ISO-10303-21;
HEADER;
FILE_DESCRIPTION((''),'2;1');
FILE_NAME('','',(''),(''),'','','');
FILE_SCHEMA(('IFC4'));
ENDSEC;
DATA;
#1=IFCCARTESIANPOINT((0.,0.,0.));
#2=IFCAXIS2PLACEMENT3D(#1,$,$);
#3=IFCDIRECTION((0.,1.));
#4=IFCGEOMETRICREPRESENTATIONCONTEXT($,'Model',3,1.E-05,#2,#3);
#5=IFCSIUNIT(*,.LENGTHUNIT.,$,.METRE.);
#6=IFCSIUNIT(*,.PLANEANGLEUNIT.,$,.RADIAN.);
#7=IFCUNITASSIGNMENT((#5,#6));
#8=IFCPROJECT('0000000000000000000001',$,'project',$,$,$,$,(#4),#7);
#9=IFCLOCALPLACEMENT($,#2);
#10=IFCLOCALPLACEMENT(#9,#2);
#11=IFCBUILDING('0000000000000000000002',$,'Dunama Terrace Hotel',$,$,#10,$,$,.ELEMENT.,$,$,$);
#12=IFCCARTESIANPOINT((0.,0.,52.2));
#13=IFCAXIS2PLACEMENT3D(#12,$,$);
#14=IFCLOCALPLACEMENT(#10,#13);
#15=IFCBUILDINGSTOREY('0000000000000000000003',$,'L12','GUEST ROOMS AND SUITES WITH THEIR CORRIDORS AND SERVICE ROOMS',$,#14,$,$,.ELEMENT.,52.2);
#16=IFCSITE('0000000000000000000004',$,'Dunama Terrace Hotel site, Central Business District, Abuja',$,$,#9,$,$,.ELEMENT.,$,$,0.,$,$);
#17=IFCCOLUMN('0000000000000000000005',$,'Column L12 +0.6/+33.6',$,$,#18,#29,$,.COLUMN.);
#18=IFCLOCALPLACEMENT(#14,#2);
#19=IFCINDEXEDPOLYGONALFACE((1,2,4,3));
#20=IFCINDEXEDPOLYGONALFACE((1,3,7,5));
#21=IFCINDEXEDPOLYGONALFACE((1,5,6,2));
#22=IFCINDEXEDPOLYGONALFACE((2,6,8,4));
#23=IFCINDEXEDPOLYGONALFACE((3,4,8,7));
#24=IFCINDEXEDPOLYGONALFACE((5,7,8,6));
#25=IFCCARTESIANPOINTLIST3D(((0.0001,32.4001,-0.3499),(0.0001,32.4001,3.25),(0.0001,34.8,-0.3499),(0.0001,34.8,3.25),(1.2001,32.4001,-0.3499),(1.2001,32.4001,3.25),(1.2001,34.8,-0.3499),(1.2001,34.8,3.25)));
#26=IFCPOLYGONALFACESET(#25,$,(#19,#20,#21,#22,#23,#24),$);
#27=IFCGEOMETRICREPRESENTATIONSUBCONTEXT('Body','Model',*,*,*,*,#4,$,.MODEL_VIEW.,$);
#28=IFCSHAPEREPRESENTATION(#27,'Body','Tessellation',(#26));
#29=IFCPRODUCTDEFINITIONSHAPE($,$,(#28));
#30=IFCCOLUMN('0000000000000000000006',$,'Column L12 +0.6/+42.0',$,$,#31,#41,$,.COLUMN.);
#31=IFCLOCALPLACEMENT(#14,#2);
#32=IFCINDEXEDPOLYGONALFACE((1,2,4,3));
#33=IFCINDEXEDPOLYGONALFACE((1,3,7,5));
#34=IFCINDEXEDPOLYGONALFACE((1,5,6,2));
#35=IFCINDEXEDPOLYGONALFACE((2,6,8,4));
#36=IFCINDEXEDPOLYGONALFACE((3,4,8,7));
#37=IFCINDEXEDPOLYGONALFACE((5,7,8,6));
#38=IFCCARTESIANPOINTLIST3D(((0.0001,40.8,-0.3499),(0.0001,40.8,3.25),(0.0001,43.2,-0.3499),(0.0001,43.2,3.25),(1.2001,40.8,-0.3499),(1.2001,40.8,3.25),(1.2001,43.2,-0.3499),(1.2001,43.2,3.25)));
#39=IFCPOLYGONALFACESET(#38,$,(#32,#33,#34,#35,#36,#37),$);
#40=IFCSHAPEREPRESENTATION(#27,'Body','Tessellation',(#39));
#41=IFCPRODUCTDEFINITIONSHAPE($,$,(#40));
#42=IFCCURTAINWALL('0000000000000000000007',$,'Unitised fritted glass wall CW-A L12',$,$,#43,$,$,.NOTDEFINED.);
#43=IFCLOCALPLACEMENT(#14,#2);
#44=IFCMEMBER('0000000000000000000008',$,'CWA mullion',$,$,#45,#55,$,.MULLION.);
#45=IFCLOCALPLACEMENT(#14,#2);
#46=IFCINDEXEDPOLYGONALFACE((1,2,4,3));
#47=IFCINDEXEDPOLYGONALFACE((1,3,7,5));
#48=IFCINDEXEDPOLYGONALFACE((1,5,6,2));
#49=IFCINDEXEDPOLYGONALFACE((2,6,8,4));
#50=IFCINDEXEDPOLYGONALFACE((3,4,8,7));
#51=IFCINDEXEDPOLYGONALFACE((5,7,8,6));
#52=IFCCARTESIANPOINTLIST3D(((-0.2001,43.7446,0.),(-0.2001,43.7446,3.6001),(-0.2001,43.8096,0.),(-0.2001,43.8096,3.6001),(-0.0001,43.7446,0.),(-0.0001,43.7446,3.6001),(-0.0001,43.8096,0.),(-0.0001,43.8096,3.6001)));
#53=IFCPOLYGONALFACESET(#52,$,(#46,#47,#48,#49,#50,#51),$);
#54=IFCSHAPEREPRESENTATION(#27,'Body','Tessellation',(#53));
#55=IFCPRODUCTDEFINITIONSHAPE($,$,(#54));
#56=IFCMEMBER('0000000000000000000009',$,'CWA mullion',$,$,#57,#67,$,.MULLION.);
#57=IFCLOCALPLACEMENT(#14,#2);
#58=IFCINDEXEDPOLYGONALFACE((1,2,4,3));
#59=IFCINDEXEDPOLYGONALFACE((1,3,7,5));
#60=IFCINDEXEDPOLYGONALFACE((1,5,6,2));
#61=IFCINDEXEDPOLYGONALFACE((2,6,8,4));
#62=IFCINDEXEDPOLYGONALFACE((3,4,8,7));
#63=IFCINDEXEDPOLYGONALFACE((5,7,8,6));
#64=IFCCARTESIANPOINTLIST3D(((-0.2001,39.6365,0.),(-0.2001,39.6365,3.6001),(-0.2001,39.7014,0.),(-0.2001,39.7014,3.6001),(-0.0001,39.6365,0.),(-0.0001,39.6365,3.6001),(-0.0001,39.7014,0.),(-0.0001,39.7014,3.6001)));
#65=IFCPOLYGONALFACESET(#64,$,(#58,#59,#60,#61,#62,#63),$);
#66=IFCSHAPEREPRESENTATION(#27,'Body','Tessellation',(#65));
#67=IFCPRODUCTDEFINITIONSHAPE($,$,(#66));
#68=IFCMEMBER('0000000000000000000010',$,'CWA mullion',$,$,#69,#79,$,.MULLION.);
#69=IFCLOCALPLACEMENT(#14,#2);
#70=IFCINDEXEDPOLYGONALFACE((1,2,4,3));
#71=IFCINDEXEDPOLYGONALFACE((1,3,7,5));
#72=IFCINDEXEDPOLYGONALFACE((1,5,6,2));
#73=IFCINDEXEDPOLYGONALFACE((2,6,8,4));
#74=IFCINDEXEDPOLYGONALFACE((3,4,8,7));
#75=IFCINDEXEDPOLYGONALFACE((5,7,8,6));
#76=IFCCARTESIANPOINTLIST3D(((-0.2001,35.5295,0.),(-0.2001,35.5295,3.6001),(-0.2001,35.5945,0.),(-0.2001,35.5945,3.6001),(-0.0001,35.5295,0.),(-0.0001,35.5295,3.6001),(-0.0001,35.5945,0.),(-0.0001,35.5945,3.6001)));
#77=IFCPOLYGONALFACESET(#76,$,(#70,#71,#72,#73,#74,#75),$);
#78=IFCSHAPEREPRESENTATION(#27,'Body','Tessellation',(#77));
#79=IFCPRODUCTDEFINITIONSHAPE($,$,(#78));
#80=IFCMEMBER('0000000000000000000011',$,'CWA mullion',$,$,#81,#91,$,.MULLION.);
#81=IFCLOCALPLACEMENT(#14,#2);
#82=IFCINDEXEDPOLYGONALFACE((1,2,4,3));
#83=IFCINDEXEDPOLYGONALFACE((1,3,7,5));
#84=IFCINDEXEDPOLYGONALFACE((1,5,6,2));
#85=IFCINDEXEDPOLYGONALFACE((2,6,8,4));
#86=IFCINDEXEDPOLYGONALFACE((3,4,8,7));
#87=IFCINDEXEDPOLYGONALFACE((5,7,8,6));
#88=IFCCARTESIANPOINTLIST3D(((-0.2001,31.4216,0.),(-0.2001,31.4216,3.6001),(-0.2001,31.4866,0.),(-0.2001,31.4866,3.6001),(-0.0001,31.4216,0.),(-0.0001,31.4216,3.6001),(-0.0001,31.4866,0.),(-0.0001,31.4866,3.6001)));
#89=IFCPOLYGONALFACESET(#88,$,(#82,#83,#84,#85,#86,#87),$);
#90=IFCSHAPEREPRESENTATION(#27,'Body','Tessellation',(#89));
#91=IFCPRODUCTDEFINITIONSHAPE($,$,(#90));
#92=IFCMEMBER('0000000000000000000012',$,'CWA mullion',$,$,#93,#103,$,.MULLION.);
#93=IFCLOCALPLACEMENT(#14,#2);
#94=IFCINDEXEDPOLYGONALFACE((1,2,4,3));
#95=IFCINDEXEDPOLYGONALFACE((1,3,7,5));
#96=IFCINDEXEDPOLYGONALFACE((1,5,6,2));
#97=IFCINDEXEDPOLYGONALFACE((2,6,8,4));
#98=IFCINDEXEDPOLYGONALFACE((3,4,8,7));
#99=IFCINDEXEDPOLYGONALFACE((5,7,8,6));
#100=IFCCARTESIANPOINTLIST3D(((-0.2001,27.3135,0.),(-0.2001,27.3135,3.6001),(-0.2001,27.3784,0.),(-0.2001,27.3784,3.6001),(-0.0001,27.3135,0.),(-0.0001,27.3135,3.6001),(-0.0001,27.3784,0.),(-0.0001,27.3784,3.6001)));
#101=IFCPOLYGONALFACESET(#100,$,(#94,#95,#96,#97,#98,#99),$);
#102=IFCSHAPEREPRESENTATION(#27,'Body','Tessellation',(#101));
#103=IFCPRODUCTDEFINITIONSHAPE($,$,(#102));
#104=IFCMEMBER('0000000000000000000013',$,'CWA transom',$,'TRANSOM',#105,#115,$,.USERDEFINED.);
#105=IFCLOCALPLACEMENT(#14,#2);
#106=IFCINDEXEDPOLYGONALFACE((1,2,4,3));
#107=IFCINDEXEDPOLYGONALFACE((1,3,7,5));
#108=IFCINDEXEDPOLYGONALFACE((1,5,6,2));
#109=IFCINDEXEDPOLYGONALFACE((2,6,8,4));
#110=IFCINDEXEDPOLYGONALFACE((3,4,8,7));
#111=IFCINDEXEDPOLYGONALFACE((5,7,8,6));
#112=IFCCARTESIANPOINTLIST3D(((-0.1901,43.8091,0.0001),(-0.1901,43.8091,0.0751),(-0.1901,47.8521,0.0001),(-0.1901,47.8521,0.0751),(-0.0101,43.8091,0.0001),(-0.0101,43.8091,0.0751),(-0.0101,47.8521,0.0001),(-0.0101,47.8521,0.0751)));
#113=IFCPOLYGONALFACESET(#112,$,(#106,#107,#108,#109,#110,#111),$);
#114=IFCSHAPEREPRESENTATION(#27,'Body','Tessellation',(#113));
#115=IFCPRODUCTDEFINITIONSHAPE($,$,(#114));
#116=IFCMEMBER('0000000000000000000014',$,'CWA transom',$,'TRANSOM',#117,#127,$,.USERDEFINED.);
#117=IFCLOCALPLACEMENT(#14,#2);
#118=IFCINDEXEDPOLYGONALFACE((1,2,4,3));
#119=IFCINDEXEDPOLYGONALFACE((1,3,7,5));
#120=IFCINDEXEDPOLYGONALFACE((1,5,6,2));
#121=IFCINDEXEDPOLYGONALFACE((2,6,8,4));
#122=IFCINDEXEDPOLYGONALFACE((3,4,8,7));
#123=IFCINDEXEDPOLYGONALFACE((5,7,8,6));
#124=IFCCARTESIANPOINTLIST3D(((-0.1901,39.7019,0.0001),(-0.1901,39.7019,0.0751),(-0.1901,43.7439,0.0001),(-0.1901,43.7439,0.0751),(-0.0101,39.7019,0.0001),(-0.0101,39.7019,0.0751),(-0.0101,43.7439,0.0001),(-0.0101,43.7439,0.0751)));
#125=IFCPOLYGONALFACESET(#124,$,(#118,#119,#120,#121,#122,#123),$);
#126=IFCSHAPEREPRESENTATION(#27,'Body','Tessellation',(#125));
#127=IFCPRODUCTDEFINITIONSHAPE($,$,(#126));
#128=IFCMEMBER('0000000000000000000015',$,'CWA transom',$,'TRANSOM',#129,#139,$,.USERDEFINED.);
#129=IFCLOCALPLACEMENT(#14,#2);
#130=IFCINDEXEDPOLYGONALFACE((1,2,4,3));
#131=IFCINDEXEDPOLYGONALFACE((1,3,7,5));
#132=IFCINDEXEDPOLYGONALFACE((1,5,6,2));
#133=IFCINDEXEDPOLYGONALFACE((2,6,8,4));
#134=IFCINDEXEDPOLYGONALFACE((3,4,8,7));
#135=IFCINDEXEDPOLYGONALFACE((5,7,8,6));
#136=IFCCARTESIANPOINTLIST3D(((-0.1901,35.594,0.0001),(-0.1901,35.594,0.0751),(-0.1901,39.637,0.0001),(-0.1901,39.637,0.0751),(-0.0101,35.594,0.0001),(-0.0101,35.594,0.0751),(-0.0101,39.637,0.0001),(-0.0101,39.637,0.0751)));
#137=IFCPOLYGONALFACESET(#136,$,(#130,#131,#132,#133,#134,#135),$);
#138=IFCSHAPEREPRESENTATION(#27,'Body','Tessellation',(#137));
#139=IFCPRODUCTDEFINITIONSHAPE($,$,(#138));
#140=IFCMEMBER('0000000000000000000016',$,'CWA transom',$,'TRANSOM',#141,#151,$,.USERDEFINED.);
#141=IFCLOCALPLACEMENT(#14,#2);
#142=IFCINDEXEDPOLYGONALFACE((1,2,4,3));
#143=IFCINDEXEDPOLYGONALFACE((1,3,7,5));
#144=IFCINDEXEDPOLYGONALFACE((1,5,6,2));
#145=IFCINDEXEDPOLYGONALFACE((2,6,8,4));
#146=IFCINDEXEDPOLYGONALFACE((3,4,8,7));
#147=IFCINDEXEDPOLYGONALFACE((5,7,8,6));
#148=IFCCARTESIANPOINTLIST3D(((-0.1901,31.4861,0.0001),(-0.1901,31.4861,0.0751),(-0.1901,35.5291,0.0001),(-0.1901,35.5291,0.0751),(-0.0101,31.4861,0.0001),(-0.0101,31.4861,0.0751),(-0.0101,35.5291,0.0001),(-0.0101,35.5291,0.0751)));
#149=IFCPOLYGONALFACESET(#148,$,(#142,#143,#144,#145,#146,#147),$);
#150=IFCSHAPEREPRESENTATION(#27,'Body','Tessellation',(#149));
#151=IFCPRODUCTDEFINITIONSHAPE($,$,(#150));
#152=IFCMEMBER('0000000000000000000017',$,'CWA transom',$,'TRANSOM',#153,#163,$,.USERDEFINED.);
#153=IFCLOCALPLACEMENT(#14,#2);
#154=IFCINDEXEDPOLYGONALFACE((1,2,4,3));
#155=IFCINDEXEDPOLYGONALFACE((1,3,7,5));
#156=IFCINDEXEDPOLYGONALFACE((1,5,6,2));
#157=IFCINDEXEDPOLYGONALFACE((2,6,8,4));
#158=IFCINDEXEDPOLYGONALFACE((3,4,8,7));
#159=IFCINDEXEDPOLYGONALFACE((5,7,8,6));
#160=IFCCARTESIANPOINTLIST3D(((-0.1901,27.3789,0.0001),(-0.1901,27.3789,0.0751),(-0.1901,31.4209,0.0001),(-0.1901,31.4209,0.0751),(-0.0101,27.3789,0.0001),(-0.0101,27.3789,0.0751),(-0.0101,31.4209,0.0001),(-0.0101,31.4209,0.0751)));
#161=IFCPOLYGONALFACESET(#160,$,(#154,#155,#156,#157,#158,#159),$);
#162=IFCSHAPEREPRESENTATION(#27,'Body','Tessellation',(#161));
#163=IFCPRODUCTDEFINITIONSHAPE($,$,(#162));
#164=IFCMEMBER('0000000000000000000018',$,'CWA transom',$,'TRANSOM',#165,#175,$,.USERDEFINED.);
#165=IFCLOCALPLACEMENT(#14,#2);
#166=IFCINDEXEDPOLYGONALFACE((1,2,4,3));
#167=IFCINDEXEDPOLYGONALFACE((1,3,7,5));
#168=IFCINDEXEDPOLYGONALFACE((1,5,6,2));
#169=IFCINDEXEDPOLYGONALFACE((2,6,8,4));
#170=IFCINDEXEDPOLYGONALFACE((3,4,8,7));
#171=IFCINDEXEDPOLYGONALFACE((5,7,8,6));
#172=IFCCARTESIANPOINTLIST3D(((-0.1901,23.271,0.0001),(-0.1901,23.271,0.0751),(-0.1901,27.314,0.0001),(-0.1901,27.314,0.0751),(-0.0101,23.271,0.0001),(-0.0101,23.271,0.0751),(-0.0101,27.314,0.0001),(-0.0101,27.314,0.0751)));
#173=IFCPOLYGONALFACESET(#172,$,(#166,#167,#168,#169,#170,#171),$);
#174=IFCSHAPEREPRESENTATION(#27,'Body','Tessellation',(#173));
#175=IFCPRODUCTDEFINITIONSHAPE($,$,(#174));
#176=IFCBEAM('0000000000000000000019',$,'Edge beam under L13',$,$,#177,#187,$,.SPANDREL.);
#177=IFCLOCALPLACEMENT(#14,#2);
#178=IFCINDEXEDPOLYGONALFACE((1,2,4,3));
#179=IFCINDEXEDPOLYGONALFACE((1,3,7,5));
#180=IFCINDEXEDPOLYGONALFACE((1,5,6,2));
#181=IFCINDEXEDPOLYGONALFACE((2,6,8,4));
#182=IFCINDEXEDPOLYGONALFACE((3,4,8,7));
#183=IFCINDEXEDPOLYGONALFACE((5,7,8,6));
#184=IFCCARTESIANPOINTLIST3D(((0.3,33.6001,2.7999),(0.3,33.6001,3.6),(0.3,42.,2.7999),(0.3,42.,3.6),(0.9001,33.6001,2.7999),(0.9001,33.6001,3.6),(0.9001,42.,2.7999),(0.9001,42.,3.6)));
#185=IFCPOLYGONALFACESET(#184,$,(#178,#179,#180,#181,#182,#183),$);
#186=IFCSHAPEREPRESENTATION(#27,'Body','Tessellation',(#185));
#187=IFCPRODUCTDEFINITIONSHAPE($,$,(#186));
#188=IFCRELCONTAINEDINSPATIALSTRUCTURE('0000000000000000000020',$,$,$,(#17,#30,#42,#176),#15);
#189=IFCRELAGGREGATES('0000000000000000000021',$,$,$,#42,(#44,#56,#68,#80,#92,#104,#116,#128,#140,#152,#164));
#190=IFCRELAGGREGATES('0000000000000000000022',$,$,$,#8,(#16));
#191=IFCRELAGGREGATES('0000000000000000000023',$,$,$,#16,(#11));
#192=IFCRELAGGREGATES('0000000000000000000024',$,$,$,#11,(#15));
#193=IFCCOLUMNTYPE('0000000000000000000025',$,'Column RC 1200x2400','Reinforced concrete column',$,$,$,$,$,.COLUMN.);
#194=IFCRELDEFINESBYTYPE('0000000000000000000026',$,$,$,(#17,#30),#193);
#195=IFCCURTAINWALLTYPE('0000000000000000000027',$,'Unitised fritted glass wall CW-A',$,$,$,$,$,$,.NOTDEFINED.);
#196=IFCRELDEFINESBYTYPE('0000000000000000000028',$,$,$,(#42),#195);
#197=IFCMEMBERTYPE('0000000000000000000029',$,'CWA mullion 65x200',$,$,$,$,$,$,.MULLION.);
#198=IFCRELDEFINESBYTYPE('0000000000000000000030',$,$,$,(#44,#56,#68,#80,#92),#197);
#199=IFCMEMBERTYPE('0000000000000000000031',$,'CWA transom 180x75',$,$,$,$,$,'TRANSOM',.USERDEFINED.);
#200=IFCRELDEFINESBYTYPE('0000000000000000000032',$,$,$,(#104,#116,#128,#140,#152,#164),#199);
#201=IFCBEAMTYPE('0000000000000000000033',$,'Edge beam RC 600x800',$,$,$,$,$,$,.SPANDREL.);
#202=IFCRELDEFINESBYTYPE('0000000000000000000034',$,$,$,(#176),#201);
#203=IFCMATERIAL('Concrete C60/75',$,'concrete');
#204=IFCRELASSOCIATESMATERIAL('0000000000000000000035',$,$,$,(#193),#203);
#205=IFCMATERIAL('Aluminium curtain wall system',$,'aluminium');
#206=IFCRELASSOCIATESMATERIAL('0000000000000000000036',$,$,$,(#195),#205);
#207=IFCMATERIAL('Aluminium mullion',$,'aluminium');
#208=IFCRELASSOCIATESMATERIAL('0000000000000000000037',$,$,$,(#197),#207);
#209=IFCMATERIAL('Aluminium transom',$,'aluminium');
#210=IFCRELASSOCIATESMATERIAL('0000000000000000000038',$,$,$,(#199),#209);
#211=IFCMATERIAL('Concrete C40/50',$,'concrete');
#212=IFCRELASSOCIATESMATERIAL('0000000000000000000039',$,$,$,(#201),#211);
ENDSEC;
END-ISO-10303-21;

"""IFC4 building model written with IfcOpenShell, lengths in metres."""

from ifc_helpers import new_model, si_unit, direction, frame, origin, origin_2d, place, context, subcontext, project, spatial, rectangle, extrude, material, material_profile, profile_set, type_object, element, aggregate, save


model = new_model("IFC4")

# Units and contexts
model_context = context("Model", 3, precision=1e-05, world=origin(), true_north=direction((0.0, 1.0)))
body_context = subcontext(model_context, "Body", "Model", "MODEL_VIEW")
ifc_project = project(units=[si_unit("LENGTHUNIT", "METRE"), si_unit("PLANEANGLEUNIT", "RADIAN")], contexts=[model_context])

# Site, building, storey
site_placement = place(None, origin())
site = spatial("IfcSite", under=ifc_project, at=site_placement, Name="Dunama Terrace Hotel site, Central Business District, Abuja", CompositionType="ELEMENT", RefElevation=0.0)
building_placement = place(site_placement, origin())
building = spatial("IfcBuilding", under=site, at=building_placement, Name="Dunama Terrace Hotel", CompositionType="ELEMENT")
storey_placement = place(building_placement, frame((0.0, 0.0, 52.2)))
storey = spatial("IfcBuildingStorey", under=building, at=storey_placement, Name="L12", Description="GUEST ROOMS AND SUITES WITH THEIR CORRIDORS AND SERVICE ROOMS", CompositionType="ELEMENT", Elevation=52.2)

# Columns
ifc_material_1 = material(Name="Concrete C60/75", Category="concrete")
ifc_material_profile_1 = material_profile(ifc_material_1, rectangle(XDim=1.2, YDim=2.3999, at=origin_2d()), Name="RC 1200x2400")
ifc_profile_set_1 = profile_set([ifc_material_profile_1], Name="Concrete C60/75")
column_type = type_object("IfcColumnType", Name="Column RC 1200x2400", Description="Reinforced concrete column", PredefinedType="COLUMN", material=ifc_profile_set_1)
for number, where, z_axis, x_axis, name in (
    (1, (0.6001, 33.6001, -0.3499), (0.0, 0.0, 1.0), (1.0, 0.0, 0.0), "Column L12 +0.6/+33.6"),
    (2, (0.6001, 42.0, -0.3499), (0.0, 0.0, 1.0), (1.0, 0.0, 0.0), "Column L12 +0.6/+42.0"),
):
    element("IfcColumn", number, at=place(storey_placement, frame(where, z_axis=z_axis, x_axis=x_axis)), inside=storey, type_object=column_type, Name=name, PredefinedType="COLUMN", context=body_context, shape_type="SweptSolid", body=[
        extrude(rectangle(XDim=1.2, YDim=2.3999, at=origin_2d()), origin(), (0.0, 0.0, 1.0), 3.5999),
    ])

# Curtain wall, members
ifc_material_2 = material(Name="Aluminium curtain wall system", Category="aluminium")
curtain_wall_type = type_object("IfcCurtainWallType", Name="Unitised fritted glass wall CW-A", PredefinedType="NOTDEFINED", material=ifc_material_2)
curtain_wall_placement = place(storey_placement, origin())
curtain_wall = element("IfcCurtainWall", 3, at=curtain_wall_placement, inside=storey, type_object=curtain_wall_type, Name="Unitised fritted glass wall CW-A L12", PredefinedType="NOTDEFINED")
ifc_material_3 = material(Name="Aluminium mullion", Category="aluminium")
ifc_material_profile_2 = material_profile(ifc_material_3, rectangle(XDim=0.0649, YDim=0.2, at=origin_2d()), Name="CWA MULLION 65X200")
ifc_profile_set_2 = profile_set([ifc_material_profile_2], Name="Aluminium mullion")
member_type_1 = type_object("IfcMemberType", Name="CWA mullion 65x200", PredefinedType="MULLION", material=ifc_profile_set_2)
member_1_placement = place(storey_placement, frame((-0.1001, 43.7771, 0.0), z_axis=(0.0, 0.0, 1.0), x_axis=(0.0, -1.0, 0.0)))
member_1 = element("IfcMember", 4, at=member_1_placement, type_object=member_type_1, Name="CWA mullion", PredefinedType="MULLION", context=body_context, shape_type="SweptSolid", body=[
    extrude(rectangle(XDim=0.0649, YDim=0.2, at=origin_2d()), origin(), (0.0, 0.0, 1.0), 3.6001),
])
member_2_placement = place(storey_placement, frame((-0.1001, 39.6689, 0.0), z_axis=(0.0, 0.0, 1.0), x_axis=(0.0, -1.0, 0.0)))
member_2 = element("IfcMember", 5, at=member_2_placement, type_object=member_type_1, Name="CWA mullion", PredefinedType="MULLION", context=body_context, shape_type="SweptSolid", body=[
    extrude(rectangle(XDim=0.0649, YDim=0.2, at=origin_2d()), origin(), (0.0, 0.0, 1.0), 3.6001),
])
member_3_placement = place(storey_placement, frame((-0.1001, 35.562, 0.0), z_axis=(0.0, 0.0, 1.0), x_axis=(0.0, -1.0, 0.0)))
member_3 = element("IfcMember", 6, at=member_3_placement, type_object=member_type_1, Name="CWA mullion", PredefinedType="MULLION", context=body_context, shape_type="SweptSolid", body=[
    extrude(rectangle(XDim=0.0649, YDim=0.2, at=origin_2d()), origin(), (0.0, 0.0, 1.0), 3.6001),
])
member_4_placement = place(storey_placement, frame((-0.1001, 31.4541, 0.0), z_axis=(0.0, 0.0, 1.0), x_axis=(0.0, -1.0, 0.0)))
member_4 = element("IfcMember", 7, at=member_4_placement, type_object=member_type_1, Name="CWA mullion", PredefinedType="MULLION", context=body_context, shape_type="SweptSolid", body=[
    extrude(rectangle(XDim=0.0649, YDim=0.2, at=origin_2d()), origin(), (0.0, 0.0, 1.0), 3.6001),
])
member_5_placement = place(storey_placement, frame((-0.1001, 27.3459, 0.0), z_axis=(0.0, 0.0, 1.0), x_axis=(0.0, -1.0, 0.0)))
member_5 = element("IfcMember", 8, at=member_5_placement, type_object=member_type_1, Name="CWA mullion", PredefinedType="MULLION", context=body_context, shape_type="SweptSolid", body=[
    extrude(rectangle(XDim=0.0649, YDim=0.2, at=origin_2d()), origin(), (0.0, 0.0, 1.0), 3.6001),
])
ifc_material_4 = material(Name="Aluminium transom", Category="aluminium")
ifc_material_profile_3 = material_profile(ifc_material_4, rectangle(XDim=0.1799, YDim=0.075, at=origin_2d()), Name="CWA TRANSOM 180X75")
ifc_profile_set_3 = profile_set([ifc_material_profile_3], Name="Aluminium transom")
member_type_2 = type_object("IfcMemberType", Name="CWA transom 180x75", ElementType="TRANSOM", PredefinedType="USERDEFINED", material=ifc_profile_set_3)
member_6_placement = place(storey_placement, frame((-0.1001, 47.8521, 0.0376), z_axis=(0.0, -1.0, 0.0), x_axis=(1.0, 0.0, 0.0)))
member_6 = element("IfcMember", 9, at=member_6_placement, type_object=member_type_2, Name="CWA transom", ObjectType="TRANSOM", PredefinedType="USERDEFINED", context=body_context, shape_type="SweptSolid", body=[
    extrude(rectangle(XDim=0.1799, YDim=0.075, at=origin_2d()), origin(), (0.0, 0.0, 1.0), 4.043),
])
member_7_placement = place(storey_placement, frame((-0.1001, 43.7439, 0.0376), z_axis=(0.0, -1.0, 0.0), x_axis=(1.0, 0.0, 0.0)))
member_7 = element("IfcMember", 10, at=member_7_placement, type_object=member_type_2, Name="CWA transom", ObjectType="TRANSOM", PredefinedType="USERDEFINED", context=body_context, shape_type="SweptSolid", body=[
    extrude(rectangle(XDim=0.1799, YDim=0.075, at=origin_2d()), origin(), (0.0, 0.0, 1.0), 4.042),
])
member_8_placement = place(storey_placement, frame((-0.1001, 39.637, 0.0376), z_axis=(0.0, -1.0, 0.0), x_axis=(1.0, 0.0, 0.0)))
member_8 = element("IfcMember", 11, at=member_8_placement, type_object=member_type_2, Name="CWA transom", ObjectType="TRANSOM", PredefinedType="USERDEFINED", context=body_context, shape_type="SweptSolid", body=[
    extrude(rectangle(XDim=0.1799, YDim=0.075, at=origin_2d()), origin(), (0.0, 0.0, 1.0), 4.043),
])
member_9_placement = place(storey_placement, frame((-0.1001, 35.5291, 0.0376), z_axis=(0.0, -1.0, 0.0), x_axis=(1.0, 0.0, 0.0)))
member_9 = element("IfcMember", 12, at=member_9_placement, type_object=member_type_2, Name="CWA transom", ObjectType="TRANSOM", PredefinedType="USERDEFINED", context=body_context, shape_type="SweptSolid", body=[
    extrude(rectangle(XDim=0.1799, YDim=0.075, at=origin_2d()), origin(), (0.0, 0.0, 1.0), 4.043),
])
member_10_placement = place(storey_placement, frame((-0.1001, 31.4209, 0.0376), z_axis=(0.0, -1.0, 0.0), x_axis=(1.0, 0.0, 0.0)))
member_10 = element("IfcMember", 13, at=member_10_placement, type_object=member_type_2, Name="CWA transom", ObjectType="TRANSOM", PredefinedType="USERDEFINED", context=body_context, shape_type="SweptSolid", body=[
    extrude(rectangle(XDim=0.1799, YDim=0.075, at=origin_2d()), origin(), (0.0, 0.0, 1.0), 4.042),
])
member_11_placement = place(storey_placement, frame((-0.1001, 27.314, 0.0376), z_axis=(0.0, -1.0, 0.0), x_axis=(1.0, 0.0, 0.0)))
member_11 = element("IfcMember", 14, at=member_11_placement, type_object=member_type_2, Name="CWA transom", ObjectType="TRANSOM", PredefinedType="USERDEFINED", context=body_context, shape_type="SweptSolid", body=[
    extrude(rectangle(XDim=0.1799, YDim=0.075, at=origin_2d()), origin(), (0.0, 0.0, 1.0), 4.043),
])

# Beam
ifc_material_5 = material(Name="Concrete C40/50", Category="concrete")
ifc_material_profile_4 = material_profile(ifc_material_5, rectangle(XDim=0.6001, YDim=0.8, at=origin_2d()), Name="RC 600x800")
ifc_profile_set_4 = profile_set([ifc_material_profile_4], Name="Concrete C40/50")
beam_type = type_object("IfcBeamType", Name="Edge beam RC 600x800", PredefinedType="SPANDREL", material=ifc_profile_set_4)
for number, where, z_axis, x_axis, name in (
    (15, (0.6001, 33.6001, 3.2), (0.0, 1.0, 0.0), (-1.0, 0.0, 0.0), "Edge beam under L13"),
):
    element("IfcBeam", number, at=place(storey_placement, frame(where, z_axis=z_axis, x_axis=x_axis)), inside=storey, type_object=beam_type, Name=name, PredefinedType="SPANDREL", context=body_context, shape_type="SweptSolid", body=[
        extrude(rectangle(XDim=0.6001, YDim=0.8, at=origin_2d()), origin(), (0.0, 0.0, 1.0), 8.3999),
    ])

aggregate(curtain_wall, [member_1, member_2, member_3, member_4, member_5, member_6, member_7, member_8, member_9, member_10, member_11])

save(model, "model.ifc")
